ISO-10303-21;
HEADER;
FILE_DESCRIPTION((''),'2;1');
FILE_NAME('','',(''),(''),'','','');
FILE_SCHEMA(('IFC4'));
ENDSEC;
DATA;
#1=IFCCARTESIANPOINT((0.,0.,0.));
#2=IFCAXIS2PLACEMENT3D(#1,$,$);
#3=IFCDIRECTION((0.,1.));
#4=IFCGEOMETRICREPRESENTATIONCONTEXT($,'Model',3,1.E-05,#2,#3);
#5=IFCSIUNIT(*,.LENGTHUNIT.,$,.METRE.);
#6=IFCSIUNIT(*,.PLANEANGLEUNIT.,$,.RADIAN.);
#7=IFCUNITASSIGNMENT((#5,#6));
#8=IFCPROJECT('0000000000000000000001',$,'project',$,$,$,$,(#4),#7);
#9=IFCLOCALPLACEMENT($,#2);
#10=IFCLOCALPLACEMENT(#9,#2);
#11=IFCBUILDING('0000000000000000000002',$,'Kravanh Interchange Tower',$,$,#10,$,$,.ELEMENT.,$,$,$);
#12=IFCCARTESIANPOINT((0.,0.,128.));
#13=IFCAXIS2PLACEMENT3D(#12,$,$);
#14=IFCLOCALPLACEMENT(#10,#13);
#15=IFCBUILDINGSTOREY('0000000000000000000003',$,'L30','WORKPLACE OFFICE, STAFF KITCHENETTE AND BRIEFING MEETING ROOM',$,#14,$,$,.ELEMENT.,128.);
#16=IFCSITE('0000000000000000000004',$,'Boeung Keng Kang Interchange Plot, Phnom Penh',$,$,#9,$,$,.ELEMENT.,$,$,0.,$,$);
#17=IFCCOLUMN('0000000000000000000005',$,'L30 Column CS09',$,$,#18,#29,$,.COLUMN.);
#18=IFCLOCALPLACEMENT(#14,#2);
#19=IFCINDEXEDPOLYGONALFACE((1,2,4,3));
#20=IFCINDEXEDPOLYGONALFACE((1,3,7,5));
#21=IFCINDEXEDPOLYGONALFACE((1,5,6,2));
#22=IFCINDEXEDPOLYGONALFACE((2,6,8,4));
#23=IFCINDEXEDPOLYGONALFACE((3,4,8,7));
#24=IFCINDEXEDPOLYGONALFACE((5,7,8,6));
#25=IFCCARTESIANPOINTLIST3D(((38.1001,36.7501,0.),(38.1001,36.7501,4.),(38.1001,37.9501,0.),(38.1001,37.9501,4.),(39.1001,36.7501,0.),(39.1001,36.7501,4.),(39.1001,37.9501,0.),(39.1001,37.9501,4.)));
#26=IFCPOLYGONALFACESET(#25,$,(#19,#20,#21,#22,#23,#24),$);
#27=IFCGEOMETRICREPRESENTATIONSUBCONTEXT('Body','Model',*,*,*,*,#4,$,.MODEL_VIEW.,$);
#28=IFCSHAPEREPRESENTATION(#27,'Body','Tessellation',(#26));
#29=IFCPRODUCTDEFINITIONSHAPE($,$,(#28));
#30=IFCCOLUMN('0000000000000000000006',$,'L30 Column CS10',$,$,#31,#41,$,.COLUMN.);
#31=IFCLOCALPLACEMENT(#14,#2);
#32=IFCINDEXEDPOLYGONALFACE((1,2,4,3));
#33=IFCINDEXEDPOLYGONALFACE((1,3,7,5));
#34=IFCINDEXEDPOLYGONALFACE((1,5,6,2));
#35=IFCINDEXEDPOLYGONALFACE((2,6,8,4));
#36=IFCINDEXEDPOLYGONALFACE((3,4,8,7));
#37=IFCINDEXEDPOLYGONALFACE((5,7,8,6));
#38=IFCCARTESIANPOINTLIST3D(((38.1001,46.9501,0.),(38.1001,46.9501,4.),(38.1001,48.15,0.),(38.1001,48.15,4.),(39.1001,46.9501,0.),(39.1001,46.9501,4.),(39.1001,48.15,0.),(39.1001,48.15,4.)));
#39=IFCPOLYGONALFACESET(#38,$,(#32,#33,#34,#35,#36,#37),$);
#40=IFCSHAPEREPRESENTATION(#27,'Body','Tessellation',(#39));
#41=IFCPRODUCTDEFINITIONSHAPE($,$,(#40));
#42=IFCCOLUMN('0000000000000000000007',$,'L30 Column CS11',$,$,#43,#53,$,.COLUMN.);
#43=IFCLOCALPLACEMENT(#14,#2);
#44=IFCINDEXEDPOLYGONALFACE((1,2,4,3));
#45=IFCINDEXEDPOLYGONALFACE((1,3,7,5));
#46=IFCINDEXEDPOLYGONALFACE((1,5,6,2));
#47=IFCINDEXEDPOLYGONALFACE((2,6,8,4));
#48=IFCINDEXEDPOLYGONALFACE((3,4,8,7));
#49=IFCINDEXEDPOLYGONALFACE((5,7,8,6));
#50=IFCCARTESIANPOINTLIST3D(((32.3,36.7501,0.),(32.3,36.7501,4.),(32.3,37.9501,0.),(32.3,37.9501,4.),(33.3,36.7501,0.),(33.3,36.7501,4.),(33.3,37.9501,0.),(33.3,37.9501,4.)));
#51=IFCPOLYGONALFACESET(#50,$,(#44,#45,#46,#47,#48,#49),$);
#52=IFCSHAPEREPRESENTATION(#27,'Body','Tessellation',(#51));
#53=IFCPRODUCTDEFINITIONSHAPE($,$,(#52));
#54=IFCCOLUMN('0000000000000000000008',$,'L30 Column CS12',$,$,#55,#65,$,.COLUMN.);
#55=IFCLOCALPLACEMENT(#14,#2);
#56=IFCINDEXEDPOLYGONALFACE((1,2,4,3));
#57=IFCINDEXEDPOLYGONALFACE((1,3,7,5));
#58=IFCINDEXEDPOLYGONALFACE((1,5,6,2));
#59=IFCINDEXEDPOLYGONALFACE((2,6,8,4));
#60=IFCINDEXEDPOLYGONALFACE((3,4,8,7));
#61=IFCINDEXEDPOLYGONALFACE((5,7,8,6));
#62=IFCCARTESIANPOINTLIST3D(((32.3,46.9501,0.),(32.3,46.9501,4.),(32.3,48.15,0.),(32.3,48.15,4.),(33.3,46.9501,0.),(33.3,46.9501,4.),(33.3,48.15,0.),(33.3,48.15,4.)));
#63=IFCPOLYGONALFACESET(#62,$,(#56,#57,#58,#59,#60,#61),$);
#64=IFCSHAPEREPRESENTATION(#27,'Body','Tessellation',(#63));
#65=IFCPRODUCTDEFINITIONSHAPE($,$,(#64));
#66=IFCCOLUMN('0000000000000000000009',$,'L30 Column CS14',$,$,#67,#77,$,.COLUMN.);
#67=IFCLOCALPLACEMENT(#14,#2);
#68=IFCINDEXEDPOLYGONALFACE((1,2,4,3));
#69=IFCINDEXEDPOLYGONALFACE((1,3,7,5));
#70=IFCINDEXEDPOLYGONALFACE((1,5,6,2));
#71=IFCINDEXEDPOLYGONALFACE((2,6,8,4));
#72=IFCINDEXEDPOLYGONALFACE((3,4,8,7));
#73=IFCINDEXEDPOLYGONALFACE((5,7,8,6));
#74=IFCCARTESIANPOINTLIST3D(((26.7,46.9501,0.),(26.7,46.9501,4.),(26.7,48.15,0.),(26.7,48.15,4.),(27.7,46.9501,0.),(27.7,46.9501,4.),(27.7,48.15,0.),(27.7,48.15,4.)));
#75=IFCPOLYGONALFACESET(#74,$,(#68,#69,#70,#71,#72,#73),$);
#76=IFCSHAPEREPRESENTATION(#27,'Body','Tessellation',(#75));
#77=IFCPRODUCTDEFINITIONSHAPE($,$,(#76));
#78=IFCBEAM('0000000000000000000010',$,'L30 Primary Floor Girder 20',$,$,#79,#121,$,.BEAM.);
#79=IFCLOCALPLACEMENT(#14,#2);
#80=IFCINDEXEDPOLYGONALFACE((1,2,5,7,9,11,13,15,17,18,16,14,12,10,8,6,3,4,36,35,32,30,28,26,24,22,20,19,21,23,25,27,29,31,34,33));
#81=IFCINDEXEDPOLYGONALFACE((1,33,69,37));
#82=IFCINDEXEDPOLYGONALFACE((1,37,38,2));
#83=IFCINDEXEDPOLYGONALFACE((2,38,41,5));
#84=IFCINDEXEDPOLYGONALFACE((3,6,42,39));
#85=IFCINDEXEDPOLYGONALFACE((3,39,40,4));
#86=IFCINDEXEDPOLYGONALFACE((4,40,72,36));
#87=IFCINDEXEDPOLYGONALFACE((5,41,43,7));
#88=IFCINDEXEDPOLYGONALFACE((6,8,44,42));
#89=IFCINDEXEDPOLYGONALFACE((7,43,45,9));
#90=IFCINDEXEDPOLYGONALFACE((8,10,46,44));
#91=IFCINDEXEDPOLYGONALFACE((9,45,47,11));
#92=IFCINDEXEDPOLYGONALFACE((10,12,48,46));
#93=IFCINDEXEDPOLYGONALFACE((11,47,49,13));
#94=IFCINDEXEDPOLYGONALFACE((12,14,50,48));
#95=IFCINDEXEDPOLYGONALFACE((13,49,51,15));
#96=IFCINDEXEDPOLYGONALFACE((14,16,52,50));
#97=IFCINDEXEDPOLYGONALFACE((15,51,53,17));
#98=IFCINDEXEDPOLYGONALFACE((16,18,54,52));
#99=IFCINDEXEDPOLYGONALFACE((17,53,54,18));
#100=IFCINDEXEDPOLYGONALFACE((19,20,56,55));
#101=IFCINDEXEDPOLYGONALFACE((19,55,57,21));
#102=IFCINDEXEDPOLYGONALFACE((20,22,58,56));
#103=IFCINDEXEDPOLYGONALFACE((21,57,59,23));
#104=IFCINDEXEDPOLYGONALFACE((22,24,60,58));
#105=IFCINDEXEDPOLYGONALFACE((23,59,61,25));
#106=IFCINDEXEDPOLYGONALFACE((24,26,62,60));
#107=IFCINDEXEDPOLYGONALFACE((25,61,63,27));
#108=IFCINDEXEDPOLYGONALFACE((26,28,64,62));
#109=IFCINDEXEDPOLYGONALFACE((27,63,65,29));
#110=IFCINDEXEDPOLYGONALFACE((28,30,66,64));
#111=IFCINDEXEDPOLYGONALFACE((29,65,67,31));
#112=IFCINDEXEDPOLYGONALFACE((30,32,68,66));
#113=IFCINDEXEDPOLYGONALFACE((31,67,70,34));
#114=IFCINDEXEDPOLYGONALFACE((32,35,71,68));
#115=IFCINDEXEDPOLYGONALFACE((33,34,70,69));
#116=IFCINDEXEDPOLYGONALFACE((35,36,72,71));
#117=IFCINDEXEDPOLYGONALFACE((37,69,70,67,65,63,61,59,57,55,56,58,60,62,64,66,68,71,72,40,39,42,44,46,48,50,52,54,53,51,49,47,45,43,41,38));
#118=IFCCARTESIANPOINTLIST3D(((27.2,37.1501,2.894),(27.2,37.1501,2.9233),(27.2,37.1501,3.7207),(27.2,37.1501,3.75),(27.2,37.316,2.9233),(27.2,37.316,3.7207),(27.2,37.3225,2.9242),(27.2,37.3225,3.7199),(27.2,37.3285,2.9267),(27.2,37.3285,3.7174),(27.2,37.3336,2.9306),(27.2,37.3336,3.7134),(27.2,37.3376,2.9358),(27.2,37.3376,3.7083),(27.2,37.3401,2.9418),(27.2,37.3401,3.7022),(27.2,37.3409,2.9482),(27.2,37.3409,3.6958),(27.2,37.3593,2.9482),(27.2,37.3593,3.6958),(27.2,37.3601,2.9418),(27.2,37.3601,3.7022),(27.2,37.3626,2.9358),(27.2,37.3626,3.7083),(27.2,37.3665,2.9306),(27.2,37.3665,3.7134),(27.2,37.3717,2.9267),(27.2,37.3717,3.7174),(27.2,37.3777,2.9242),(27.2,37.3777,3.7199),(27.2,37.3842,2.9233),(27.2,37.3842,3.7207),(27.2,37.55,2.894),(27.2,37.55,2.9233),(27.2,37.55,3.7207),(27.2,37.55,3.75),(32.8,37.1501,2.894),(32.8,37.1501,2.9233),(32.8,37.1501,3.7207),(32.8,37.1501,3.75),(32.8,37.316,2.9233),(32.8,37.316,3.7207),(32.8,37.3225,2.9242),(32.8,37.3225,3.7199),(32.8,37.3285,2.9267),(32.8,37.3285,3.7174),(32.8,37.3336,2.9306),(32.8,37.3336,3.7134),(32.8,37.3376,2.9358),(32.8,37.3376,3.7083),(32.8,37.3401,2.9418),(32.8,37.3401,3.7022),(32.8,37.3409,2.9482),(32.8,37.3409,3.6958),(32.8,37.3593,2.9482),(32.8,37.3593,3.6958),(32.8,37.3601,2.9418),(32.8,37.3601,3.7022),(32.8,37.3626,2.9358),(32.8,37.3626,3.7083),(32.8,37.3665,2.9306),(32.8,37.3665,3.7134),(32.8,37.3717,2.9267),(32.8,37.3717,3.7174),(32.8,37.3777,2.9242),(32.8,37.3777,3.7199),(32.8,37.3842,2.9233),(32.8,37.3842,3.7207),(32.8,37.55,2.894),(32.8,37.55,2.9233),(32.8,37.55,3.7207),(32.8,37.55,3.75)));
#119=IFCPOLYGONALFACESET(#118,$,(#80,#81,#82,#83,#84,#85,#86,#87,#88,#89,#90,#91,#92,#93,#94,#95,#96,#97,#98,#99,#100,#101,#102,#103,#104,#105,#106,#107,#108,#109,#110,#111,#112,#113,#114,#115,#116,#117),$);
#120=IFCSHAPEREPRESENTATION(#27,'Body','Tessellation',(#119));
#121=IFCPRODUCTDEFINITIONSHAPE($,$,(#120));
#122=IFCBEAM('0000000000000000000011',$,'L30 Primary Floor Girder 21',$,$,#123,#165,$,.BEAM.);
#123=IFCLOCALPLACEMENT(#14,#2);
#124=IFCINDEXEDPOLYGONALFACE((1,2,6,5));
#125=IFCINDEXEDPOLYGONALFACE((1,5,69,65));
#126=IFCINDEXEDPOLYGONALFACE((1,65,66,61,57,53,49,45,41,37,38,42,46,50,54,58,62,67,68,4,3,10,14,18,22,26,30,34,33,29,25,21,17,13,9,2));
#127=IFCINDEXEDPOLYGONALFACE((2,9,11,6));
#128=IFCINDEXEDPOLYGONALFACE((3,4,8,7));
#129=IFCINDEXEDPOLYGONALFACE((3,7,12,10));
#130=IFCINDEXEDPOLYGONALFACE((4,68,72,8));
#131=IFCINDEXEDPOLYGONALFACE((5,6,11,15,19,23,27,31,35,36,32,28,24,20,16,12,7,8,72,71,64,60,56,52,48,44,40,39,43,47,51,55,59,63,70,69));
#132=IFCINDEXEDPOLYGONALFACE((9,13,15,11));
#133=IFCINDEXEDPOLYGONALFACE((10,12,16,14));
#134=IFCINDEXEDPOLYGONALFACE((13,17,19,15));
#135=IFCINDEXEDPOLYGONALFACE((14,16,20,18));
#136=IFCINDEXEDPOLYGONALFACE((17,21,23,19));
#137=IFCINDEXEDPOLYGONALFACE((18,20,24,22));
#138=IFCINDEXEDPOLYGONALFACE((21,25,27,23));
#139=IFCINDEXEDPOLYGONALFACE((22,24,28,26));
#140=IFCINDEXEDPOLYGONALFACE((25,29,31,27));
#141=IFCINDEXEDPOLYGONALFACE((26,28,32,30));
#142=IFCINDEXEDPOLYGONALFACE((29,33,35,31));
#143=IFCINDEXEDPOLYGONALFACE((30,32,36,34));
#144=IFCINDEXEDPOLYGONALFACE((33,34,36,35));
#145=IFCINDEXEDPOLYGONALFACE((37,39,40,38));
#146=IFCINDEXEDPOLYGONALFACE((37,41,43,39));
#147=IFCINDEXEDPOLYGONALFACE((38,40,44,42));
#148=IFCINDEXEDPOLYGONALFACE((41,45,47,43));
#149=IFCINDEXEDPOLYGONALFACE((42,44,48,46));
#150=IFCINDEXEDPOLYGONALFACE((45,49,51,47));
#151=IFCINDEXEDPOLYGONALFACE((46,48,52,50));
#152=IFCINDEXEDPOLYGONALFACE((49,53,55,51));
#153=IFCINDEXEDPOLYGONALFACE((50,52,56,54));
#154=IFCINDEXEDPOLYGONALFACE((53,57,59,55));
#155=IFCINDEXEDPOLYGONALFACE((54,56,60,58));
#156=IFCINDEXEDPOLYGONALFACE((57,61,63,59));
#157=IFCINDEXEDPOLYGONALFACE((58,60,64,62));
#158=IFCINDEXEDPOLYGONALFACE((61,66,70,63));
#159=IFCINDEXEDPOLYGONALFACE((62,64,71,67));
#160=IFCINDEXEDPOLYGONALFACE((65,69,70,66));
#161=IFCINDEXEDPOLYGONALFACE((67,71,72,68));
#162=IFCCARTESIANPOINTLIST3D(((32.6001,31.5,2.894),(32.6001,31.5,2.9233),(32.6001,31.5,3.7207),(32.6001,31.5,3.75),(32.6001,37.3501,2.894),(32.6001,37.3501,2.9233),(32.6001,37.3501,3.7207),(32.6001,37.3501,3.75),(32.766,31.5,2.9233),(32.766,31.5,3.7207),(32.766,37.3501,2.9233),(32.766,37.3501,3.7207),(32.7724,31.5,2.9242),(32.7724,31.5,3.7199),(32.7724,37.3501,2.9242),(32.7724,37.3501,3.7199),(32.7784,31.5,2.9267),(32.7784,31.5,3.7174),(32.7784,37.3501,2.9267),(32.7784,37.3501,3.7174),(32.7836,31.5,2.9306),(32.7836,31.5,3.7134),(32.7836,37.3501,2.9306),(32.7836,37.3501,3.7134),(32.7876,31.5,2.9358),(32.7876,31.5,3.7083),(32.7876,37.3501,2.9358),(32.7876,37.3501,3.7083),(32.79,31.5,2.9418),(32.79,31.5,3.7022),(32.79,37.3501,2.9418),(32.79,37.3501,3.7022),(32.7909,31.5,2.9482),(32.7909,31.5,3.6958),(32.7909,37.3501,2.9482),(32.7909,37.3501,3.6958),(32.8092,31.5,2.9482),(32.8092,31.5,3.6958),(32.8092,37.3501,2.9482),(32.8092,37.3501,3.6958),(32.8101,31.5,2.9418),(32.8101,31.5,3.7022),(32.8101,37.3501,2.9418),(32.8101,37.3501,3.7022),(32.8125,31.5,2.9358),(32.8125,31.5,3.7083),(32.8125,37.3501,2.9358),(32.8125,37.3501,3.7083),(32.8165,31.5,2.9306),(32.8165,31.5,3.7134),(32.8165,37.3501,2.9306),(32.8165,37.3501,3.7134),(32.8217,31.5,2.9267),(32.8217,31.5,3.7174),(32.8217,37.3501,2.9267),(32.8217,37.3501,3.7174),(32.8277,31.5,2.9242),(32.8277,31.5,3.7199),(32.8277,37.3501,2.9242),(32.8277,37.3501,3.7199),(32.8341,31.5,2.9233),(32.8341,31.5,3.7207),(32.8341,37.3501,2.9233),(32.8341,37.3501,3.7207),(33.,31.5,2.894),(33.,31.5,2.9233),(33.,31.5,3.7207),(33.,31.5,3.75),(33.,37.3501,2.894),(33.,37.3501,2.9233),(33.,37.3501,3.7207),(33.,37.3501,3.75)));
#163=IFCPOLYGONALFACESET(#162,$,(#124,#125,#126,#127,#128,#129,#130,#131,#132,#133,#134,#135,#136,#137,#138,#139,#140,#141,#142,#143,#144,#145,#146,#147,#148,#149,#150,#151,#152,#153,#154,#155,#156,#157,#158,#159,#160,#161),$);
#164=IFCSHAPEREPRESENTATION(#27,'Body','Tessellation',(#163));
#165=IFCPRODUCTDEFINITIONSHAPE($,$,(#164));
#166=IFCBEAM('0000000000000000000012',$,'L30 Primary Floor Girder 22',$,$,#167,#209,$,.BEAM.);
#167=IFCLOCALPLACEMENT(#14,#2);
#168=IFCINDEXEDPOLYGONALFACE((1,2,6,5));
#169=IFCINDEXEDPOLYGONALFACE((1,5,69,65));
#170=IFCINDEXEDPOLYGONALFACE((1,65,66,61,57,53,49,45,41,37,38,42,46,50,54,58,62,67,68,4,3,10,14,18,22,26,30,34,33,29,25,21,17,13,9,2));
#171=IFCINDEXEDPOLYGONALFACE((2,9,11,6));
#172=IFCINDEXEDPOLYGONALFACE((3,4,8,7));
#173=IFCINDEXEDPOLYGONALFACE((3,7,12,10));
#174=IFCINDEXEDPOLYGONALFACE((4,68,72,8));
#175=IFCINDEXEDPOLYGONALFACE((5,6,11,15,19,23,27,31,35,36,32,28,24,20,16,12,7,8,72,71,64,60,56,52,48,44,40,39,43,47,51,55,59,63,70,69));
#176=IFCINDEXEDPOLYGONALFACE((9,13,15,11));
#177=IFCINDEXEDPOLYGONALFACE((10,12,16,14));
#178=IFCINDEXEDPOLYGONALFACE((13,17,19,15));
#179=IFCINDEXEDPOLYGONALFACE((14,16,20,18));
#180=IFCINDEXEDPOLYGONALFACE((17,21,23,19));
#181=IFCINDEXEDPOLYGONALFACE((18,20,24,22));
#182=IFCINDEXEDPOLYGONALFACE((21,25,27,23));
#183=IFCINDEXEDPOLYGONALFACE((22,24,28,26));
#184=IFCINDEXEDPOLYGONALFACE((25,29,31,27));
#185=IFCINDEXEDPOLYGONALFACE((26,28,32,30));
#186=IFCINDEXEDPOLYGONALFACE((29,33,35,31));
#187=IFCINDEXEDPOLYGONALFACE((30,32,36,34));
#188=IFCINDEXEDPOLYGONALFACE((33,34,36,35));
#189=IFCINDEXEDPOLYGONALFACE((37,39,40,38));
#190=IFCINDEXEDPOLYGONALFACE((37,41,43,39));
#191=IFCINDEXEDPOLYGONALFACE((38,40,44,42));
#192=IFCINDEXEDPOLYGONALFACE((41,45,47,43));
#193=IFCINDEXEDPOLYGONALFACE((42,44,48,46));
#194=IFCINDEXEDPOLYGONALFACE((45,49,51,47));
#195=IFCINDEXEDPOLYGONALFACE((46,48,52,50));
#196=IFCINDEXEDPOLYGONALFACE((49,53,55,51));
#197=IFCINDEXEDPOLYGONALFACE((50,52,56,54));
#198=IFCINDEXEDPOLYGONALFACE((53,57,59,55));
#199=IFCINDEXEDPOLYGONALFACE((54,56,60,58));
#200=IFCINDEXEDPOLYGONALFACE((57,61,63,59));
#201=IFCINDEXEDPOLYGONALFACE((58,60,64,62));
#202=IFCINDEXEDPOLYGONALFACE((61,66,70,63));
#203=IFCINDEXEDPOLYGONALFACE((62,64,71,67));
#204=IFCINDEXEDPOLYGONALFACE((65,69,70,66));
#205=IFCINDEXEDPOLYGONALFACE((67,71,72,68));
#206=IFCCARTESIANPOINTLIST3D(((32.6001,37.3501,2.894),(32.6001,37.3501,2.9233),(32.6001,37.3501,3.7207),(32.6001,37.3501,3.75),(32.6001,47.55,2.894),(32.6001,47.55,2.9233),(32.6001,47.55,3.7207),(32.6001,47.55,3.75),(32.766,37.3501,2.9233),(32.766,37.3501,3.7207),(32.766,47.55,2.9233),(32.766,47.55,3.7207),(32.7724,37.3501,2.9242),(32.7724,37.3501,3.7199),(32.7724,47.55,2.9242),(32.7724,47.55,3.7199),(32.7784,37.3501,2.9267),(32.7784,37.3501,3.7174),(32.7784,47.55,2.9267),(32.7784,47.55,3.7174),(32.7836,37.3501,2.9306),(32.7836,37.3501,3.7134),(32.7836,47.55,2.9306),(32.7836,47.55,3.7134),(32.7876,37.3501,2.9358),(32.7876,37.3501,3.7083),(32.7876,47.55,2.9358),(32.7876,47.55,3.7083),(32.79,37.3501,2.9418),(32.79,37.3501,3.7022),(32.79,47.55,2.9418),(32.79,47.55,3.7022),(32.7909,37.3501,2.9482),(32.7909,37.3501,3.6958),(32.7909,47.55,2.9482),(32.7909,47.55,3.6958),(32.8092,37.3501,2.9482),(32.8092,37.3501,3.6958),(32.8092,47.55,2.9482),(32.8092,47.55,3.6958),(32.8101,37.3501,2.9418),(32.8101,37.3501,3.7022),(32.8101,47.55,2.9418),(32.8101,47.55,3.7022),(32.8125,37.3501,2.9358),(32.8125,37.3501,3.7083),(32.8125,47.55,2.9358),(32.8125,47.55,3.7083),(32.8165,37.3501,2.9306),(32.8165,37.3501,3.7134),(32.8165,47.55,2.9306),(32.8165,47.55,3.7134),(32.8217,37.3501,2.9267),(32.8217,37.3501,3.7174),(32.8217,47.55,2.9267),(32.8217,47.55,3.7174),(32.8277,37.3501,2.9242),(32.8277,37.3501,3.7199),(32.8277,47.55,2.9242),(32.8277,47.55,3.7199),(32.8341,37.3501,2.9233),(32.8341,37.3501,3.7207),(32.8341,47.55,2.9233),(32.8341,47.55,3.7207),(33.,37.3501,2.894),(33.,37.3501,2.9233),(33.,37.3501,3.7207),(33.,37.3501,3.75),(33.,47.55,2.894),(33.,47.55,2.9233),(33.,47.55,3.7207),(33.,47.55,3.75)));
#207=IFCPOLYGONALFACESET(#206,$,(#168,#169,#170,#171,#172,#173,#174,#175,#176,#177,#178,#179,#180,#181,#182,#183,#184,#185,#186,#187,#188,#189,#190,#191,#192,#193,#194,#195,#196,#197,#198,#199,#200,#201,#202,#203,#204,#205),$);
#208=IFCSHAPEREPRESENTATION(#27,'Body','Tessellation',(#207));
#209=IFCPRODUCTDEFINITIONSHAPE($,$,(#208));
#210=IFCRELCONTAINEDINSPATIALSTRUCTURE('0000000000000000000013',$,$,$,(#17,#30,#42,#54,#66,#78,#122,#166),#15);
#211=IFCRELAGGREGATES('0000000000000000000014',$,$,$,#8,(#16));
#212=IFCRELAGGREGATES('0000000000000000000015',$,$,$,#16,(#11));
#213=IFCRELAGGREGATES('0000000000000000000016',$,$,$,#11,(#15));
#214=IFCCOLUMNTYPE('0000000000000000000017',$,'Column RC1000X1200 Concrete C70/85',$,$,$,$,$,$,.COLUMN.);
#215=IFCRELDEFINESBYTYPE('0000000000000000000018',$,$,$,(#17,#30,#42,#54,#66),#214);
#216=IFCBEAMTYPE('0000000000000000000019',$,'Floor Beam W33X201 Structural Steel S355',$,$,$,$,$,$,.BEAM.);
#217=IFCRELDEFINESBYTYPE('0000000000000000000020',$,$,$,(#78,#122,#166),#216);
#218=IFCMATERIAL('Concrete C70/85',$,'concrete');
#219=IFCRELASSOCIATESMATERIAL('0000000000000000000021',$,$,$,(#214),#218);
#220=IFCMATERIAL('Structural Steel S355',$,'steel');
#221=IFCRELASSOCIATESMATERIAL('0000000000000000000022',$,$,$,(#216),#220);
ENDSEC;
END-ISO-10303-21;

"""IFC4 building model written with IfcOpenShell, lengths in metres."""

from ifc_helpers import new_model, si_unit, direction, frame, origin, origin_2d, place, context, subcontext, project, spatial, rectangle, i_section, extrude, material, material_profile, profile_set, type_object, element, save


model = new_model("IFC4")

# Units and contexts
model_context = context("Model", 3, precision=1e-05, world=origin(), true_north=direction((0.0, 1.0)))
body_context = subcontext(model_context, "Body", "Model", "MODEL_VIEW")
ifc_project = project(units=[si_unit("LENGTHUNIT", "METRE"), si_unit("PLANEANGLEUNIT", "RADIAN")], contexts=[model_context])

# Site, building, storey
site_placement = place(None, origin())
site = spatial("IfcSite", under=ifc_project, at=site_placement, Name="Boeung Keng Kang Interchange Plot, Phnom Penh", CompositionType="ELEMENT", RefElevation=0.0)
building_placement = place(site_placement, origin())
building = spatial("IfcBuilding", under=site, at=building_placement, Name="Kravanh Interchange Tower", CompositionType="ELEMENT")
storey_placement = place(building_placement, frame((0.0, 0.0, 128.0)))
storey = spatial("IfcBuildingStorey", under=building, at=storey_placement, Name="L30", Description="WORKPLACE OFFICE, STAFF KITCHENETTE AND BRIEFING MEETING ROOM", CompositionType="ELEMENT", Elevation=128.0)

# Columns
ifc_material_1 = material(Name="Concrete C70/85", Category="concrete")
ifc_material_profile_1 = material_profile(ifc_material_1, rectangle(XDim=1.0, YDim=1.2, at=origin_2d()), Name="RC1000X1200")
ifc_profile_set_1 = profile_set([ifc_material_profile_1], Name="Concrete C70/85")
column_type = type_object("IfcColumnType", Name="Column RC1000X1200 Concrete C70/85", PredefinedType="COLUMN", material=ifc_profile_set_1)
for number, where, z_axis, x_axis, name in (
    (1, (38.6001, 37.3501, 0.0), (0.0, 0.0, 1.0), (1.0, 0.0, 0.0), "L30 Column CS09"),
    (2, (38.6001, 47.55, 0.0), (0.0, 0.0, 1.0), (1.0, 0.0, 0.0), "L30 Column CS10"),
    (3, (32.8, 37.3501, 0.0), (0.0, 0.0, 1.0), (1.0, 0.0, 0.0), "L30 Column CS11"),
    (4, (32.8, 47.55, 0.0), (0.0, 0.0, 1.0), (1.0, 0.0, 0.0), "L30 Column CS12"),
    (5, (27.2, 47.55, 0.0), (0.0, 0.0, 1.0), (1.0, 0.0, 0.0), "L30 Column CS14"),
):
    element("IfcColumn", number, at=place(storey_placement, frame(where, z_axis=z_axis, x_axis=x_axis)), inside=storey, type_object=column_type, Name=name, PredefinedType="COLUMN", context=body_context, shape_type="SweptSolid", body=[
        extrude(rectangle(XDim=1.0, YDim=1.2, at=origin_2d()), origin(), (0.0, 0.0, 1.0), 4.0),
    ])

# Beams
ifc_material_2 = material(Name="Structural Steel S355", Category="steel")
ifc_material_profile_2 = material_profile(ifc_material_2, i_section(OverallWidth=0.3999, OverallDepth=0.856, WebThickness=0.0183, FlangeThickness=0.0293, FilletRadius=0.0249, at=origin_2d()), Name="W33X201")
ifc_profile_set_2 = profile_set([ifc_material_profile_2], Name="Structural Steel S355")
beam_type = type_object("IfcBeamType", Name="Floor Beam W33X201 Structural Steel S355", PredefinedType="BEAM", material=ifc_profile_set_2)
beam_1_placement = place(storey_placement, frame((32.8, 37.3501, 3.322), z_axis=(-1.0, 0.0, 0.0), x_axis=(0.0, -1.0, 0.0)))
element("IfcBeam", 6, at=beam_1_placement, inside=storey, type_object=beam_type, Name="L30 Primary Floor Girder 20", PredefinedType="BEAM", context=body_context, shape_type="SweptSolid", body=[
    extrude(i_section(OverallWidth=0.3999, OverallDepth=0.856, WebThickness=0.0183, FlangeThickness=0.0293, FilletRadius=0.0249, at=origin_2d()), origin(), (0.0, 0.0, 1.0), 5.6001),
])
beam_2_placement = place(storey_placement, frame((32.8, 37.3501, 3.322), z_axis=(0.0, -1.0, 0.0), x_axis=(1.0, 0.0, 0.0)))
element("IfcBeam", 7, at=beam_2_placement, inside=storey, type_object=beam_type, Name="L30 Primary Floor Girder 21", PredefinedType="BEAM", context=body_context, shape_type="SweptSolid", body=[
    extrude(i_section(OverallWidth=0.3999, OverallDepth=0.856, WebThickness=0.0183, FlangeThickness=0.0293, FilletRadius=0.0249, at=origin_2d()), origin(), (0.0, 0.0, 1.0), 5.8501),
])
beam_3_placement = place(storey_placement, frame((32.8, 37.3501, 3.322), z_axis=(0.0, 1.0, 0.0), x_axis=(-1.0, 0.0, 0.0)))
element("IfcBeam", 8, at=beam_3_placement, inside=storey, type_object=beam_type, Name="L30 Primary Floor Girder 22", PredefinedType="BEAM", context=body_context, shape_type="SweptSolid", body=[
    extrude(i_section(OverallWidth=0.3999, OverallDepth=0.856, WebThickness=0.0183, FlangeThickness=0.0293, FilletRadius=0.0249, at=origin_2d()), origin(), (0.0, 0.0, 1.0), 10.2),
])

save(model, "model.ifc")
